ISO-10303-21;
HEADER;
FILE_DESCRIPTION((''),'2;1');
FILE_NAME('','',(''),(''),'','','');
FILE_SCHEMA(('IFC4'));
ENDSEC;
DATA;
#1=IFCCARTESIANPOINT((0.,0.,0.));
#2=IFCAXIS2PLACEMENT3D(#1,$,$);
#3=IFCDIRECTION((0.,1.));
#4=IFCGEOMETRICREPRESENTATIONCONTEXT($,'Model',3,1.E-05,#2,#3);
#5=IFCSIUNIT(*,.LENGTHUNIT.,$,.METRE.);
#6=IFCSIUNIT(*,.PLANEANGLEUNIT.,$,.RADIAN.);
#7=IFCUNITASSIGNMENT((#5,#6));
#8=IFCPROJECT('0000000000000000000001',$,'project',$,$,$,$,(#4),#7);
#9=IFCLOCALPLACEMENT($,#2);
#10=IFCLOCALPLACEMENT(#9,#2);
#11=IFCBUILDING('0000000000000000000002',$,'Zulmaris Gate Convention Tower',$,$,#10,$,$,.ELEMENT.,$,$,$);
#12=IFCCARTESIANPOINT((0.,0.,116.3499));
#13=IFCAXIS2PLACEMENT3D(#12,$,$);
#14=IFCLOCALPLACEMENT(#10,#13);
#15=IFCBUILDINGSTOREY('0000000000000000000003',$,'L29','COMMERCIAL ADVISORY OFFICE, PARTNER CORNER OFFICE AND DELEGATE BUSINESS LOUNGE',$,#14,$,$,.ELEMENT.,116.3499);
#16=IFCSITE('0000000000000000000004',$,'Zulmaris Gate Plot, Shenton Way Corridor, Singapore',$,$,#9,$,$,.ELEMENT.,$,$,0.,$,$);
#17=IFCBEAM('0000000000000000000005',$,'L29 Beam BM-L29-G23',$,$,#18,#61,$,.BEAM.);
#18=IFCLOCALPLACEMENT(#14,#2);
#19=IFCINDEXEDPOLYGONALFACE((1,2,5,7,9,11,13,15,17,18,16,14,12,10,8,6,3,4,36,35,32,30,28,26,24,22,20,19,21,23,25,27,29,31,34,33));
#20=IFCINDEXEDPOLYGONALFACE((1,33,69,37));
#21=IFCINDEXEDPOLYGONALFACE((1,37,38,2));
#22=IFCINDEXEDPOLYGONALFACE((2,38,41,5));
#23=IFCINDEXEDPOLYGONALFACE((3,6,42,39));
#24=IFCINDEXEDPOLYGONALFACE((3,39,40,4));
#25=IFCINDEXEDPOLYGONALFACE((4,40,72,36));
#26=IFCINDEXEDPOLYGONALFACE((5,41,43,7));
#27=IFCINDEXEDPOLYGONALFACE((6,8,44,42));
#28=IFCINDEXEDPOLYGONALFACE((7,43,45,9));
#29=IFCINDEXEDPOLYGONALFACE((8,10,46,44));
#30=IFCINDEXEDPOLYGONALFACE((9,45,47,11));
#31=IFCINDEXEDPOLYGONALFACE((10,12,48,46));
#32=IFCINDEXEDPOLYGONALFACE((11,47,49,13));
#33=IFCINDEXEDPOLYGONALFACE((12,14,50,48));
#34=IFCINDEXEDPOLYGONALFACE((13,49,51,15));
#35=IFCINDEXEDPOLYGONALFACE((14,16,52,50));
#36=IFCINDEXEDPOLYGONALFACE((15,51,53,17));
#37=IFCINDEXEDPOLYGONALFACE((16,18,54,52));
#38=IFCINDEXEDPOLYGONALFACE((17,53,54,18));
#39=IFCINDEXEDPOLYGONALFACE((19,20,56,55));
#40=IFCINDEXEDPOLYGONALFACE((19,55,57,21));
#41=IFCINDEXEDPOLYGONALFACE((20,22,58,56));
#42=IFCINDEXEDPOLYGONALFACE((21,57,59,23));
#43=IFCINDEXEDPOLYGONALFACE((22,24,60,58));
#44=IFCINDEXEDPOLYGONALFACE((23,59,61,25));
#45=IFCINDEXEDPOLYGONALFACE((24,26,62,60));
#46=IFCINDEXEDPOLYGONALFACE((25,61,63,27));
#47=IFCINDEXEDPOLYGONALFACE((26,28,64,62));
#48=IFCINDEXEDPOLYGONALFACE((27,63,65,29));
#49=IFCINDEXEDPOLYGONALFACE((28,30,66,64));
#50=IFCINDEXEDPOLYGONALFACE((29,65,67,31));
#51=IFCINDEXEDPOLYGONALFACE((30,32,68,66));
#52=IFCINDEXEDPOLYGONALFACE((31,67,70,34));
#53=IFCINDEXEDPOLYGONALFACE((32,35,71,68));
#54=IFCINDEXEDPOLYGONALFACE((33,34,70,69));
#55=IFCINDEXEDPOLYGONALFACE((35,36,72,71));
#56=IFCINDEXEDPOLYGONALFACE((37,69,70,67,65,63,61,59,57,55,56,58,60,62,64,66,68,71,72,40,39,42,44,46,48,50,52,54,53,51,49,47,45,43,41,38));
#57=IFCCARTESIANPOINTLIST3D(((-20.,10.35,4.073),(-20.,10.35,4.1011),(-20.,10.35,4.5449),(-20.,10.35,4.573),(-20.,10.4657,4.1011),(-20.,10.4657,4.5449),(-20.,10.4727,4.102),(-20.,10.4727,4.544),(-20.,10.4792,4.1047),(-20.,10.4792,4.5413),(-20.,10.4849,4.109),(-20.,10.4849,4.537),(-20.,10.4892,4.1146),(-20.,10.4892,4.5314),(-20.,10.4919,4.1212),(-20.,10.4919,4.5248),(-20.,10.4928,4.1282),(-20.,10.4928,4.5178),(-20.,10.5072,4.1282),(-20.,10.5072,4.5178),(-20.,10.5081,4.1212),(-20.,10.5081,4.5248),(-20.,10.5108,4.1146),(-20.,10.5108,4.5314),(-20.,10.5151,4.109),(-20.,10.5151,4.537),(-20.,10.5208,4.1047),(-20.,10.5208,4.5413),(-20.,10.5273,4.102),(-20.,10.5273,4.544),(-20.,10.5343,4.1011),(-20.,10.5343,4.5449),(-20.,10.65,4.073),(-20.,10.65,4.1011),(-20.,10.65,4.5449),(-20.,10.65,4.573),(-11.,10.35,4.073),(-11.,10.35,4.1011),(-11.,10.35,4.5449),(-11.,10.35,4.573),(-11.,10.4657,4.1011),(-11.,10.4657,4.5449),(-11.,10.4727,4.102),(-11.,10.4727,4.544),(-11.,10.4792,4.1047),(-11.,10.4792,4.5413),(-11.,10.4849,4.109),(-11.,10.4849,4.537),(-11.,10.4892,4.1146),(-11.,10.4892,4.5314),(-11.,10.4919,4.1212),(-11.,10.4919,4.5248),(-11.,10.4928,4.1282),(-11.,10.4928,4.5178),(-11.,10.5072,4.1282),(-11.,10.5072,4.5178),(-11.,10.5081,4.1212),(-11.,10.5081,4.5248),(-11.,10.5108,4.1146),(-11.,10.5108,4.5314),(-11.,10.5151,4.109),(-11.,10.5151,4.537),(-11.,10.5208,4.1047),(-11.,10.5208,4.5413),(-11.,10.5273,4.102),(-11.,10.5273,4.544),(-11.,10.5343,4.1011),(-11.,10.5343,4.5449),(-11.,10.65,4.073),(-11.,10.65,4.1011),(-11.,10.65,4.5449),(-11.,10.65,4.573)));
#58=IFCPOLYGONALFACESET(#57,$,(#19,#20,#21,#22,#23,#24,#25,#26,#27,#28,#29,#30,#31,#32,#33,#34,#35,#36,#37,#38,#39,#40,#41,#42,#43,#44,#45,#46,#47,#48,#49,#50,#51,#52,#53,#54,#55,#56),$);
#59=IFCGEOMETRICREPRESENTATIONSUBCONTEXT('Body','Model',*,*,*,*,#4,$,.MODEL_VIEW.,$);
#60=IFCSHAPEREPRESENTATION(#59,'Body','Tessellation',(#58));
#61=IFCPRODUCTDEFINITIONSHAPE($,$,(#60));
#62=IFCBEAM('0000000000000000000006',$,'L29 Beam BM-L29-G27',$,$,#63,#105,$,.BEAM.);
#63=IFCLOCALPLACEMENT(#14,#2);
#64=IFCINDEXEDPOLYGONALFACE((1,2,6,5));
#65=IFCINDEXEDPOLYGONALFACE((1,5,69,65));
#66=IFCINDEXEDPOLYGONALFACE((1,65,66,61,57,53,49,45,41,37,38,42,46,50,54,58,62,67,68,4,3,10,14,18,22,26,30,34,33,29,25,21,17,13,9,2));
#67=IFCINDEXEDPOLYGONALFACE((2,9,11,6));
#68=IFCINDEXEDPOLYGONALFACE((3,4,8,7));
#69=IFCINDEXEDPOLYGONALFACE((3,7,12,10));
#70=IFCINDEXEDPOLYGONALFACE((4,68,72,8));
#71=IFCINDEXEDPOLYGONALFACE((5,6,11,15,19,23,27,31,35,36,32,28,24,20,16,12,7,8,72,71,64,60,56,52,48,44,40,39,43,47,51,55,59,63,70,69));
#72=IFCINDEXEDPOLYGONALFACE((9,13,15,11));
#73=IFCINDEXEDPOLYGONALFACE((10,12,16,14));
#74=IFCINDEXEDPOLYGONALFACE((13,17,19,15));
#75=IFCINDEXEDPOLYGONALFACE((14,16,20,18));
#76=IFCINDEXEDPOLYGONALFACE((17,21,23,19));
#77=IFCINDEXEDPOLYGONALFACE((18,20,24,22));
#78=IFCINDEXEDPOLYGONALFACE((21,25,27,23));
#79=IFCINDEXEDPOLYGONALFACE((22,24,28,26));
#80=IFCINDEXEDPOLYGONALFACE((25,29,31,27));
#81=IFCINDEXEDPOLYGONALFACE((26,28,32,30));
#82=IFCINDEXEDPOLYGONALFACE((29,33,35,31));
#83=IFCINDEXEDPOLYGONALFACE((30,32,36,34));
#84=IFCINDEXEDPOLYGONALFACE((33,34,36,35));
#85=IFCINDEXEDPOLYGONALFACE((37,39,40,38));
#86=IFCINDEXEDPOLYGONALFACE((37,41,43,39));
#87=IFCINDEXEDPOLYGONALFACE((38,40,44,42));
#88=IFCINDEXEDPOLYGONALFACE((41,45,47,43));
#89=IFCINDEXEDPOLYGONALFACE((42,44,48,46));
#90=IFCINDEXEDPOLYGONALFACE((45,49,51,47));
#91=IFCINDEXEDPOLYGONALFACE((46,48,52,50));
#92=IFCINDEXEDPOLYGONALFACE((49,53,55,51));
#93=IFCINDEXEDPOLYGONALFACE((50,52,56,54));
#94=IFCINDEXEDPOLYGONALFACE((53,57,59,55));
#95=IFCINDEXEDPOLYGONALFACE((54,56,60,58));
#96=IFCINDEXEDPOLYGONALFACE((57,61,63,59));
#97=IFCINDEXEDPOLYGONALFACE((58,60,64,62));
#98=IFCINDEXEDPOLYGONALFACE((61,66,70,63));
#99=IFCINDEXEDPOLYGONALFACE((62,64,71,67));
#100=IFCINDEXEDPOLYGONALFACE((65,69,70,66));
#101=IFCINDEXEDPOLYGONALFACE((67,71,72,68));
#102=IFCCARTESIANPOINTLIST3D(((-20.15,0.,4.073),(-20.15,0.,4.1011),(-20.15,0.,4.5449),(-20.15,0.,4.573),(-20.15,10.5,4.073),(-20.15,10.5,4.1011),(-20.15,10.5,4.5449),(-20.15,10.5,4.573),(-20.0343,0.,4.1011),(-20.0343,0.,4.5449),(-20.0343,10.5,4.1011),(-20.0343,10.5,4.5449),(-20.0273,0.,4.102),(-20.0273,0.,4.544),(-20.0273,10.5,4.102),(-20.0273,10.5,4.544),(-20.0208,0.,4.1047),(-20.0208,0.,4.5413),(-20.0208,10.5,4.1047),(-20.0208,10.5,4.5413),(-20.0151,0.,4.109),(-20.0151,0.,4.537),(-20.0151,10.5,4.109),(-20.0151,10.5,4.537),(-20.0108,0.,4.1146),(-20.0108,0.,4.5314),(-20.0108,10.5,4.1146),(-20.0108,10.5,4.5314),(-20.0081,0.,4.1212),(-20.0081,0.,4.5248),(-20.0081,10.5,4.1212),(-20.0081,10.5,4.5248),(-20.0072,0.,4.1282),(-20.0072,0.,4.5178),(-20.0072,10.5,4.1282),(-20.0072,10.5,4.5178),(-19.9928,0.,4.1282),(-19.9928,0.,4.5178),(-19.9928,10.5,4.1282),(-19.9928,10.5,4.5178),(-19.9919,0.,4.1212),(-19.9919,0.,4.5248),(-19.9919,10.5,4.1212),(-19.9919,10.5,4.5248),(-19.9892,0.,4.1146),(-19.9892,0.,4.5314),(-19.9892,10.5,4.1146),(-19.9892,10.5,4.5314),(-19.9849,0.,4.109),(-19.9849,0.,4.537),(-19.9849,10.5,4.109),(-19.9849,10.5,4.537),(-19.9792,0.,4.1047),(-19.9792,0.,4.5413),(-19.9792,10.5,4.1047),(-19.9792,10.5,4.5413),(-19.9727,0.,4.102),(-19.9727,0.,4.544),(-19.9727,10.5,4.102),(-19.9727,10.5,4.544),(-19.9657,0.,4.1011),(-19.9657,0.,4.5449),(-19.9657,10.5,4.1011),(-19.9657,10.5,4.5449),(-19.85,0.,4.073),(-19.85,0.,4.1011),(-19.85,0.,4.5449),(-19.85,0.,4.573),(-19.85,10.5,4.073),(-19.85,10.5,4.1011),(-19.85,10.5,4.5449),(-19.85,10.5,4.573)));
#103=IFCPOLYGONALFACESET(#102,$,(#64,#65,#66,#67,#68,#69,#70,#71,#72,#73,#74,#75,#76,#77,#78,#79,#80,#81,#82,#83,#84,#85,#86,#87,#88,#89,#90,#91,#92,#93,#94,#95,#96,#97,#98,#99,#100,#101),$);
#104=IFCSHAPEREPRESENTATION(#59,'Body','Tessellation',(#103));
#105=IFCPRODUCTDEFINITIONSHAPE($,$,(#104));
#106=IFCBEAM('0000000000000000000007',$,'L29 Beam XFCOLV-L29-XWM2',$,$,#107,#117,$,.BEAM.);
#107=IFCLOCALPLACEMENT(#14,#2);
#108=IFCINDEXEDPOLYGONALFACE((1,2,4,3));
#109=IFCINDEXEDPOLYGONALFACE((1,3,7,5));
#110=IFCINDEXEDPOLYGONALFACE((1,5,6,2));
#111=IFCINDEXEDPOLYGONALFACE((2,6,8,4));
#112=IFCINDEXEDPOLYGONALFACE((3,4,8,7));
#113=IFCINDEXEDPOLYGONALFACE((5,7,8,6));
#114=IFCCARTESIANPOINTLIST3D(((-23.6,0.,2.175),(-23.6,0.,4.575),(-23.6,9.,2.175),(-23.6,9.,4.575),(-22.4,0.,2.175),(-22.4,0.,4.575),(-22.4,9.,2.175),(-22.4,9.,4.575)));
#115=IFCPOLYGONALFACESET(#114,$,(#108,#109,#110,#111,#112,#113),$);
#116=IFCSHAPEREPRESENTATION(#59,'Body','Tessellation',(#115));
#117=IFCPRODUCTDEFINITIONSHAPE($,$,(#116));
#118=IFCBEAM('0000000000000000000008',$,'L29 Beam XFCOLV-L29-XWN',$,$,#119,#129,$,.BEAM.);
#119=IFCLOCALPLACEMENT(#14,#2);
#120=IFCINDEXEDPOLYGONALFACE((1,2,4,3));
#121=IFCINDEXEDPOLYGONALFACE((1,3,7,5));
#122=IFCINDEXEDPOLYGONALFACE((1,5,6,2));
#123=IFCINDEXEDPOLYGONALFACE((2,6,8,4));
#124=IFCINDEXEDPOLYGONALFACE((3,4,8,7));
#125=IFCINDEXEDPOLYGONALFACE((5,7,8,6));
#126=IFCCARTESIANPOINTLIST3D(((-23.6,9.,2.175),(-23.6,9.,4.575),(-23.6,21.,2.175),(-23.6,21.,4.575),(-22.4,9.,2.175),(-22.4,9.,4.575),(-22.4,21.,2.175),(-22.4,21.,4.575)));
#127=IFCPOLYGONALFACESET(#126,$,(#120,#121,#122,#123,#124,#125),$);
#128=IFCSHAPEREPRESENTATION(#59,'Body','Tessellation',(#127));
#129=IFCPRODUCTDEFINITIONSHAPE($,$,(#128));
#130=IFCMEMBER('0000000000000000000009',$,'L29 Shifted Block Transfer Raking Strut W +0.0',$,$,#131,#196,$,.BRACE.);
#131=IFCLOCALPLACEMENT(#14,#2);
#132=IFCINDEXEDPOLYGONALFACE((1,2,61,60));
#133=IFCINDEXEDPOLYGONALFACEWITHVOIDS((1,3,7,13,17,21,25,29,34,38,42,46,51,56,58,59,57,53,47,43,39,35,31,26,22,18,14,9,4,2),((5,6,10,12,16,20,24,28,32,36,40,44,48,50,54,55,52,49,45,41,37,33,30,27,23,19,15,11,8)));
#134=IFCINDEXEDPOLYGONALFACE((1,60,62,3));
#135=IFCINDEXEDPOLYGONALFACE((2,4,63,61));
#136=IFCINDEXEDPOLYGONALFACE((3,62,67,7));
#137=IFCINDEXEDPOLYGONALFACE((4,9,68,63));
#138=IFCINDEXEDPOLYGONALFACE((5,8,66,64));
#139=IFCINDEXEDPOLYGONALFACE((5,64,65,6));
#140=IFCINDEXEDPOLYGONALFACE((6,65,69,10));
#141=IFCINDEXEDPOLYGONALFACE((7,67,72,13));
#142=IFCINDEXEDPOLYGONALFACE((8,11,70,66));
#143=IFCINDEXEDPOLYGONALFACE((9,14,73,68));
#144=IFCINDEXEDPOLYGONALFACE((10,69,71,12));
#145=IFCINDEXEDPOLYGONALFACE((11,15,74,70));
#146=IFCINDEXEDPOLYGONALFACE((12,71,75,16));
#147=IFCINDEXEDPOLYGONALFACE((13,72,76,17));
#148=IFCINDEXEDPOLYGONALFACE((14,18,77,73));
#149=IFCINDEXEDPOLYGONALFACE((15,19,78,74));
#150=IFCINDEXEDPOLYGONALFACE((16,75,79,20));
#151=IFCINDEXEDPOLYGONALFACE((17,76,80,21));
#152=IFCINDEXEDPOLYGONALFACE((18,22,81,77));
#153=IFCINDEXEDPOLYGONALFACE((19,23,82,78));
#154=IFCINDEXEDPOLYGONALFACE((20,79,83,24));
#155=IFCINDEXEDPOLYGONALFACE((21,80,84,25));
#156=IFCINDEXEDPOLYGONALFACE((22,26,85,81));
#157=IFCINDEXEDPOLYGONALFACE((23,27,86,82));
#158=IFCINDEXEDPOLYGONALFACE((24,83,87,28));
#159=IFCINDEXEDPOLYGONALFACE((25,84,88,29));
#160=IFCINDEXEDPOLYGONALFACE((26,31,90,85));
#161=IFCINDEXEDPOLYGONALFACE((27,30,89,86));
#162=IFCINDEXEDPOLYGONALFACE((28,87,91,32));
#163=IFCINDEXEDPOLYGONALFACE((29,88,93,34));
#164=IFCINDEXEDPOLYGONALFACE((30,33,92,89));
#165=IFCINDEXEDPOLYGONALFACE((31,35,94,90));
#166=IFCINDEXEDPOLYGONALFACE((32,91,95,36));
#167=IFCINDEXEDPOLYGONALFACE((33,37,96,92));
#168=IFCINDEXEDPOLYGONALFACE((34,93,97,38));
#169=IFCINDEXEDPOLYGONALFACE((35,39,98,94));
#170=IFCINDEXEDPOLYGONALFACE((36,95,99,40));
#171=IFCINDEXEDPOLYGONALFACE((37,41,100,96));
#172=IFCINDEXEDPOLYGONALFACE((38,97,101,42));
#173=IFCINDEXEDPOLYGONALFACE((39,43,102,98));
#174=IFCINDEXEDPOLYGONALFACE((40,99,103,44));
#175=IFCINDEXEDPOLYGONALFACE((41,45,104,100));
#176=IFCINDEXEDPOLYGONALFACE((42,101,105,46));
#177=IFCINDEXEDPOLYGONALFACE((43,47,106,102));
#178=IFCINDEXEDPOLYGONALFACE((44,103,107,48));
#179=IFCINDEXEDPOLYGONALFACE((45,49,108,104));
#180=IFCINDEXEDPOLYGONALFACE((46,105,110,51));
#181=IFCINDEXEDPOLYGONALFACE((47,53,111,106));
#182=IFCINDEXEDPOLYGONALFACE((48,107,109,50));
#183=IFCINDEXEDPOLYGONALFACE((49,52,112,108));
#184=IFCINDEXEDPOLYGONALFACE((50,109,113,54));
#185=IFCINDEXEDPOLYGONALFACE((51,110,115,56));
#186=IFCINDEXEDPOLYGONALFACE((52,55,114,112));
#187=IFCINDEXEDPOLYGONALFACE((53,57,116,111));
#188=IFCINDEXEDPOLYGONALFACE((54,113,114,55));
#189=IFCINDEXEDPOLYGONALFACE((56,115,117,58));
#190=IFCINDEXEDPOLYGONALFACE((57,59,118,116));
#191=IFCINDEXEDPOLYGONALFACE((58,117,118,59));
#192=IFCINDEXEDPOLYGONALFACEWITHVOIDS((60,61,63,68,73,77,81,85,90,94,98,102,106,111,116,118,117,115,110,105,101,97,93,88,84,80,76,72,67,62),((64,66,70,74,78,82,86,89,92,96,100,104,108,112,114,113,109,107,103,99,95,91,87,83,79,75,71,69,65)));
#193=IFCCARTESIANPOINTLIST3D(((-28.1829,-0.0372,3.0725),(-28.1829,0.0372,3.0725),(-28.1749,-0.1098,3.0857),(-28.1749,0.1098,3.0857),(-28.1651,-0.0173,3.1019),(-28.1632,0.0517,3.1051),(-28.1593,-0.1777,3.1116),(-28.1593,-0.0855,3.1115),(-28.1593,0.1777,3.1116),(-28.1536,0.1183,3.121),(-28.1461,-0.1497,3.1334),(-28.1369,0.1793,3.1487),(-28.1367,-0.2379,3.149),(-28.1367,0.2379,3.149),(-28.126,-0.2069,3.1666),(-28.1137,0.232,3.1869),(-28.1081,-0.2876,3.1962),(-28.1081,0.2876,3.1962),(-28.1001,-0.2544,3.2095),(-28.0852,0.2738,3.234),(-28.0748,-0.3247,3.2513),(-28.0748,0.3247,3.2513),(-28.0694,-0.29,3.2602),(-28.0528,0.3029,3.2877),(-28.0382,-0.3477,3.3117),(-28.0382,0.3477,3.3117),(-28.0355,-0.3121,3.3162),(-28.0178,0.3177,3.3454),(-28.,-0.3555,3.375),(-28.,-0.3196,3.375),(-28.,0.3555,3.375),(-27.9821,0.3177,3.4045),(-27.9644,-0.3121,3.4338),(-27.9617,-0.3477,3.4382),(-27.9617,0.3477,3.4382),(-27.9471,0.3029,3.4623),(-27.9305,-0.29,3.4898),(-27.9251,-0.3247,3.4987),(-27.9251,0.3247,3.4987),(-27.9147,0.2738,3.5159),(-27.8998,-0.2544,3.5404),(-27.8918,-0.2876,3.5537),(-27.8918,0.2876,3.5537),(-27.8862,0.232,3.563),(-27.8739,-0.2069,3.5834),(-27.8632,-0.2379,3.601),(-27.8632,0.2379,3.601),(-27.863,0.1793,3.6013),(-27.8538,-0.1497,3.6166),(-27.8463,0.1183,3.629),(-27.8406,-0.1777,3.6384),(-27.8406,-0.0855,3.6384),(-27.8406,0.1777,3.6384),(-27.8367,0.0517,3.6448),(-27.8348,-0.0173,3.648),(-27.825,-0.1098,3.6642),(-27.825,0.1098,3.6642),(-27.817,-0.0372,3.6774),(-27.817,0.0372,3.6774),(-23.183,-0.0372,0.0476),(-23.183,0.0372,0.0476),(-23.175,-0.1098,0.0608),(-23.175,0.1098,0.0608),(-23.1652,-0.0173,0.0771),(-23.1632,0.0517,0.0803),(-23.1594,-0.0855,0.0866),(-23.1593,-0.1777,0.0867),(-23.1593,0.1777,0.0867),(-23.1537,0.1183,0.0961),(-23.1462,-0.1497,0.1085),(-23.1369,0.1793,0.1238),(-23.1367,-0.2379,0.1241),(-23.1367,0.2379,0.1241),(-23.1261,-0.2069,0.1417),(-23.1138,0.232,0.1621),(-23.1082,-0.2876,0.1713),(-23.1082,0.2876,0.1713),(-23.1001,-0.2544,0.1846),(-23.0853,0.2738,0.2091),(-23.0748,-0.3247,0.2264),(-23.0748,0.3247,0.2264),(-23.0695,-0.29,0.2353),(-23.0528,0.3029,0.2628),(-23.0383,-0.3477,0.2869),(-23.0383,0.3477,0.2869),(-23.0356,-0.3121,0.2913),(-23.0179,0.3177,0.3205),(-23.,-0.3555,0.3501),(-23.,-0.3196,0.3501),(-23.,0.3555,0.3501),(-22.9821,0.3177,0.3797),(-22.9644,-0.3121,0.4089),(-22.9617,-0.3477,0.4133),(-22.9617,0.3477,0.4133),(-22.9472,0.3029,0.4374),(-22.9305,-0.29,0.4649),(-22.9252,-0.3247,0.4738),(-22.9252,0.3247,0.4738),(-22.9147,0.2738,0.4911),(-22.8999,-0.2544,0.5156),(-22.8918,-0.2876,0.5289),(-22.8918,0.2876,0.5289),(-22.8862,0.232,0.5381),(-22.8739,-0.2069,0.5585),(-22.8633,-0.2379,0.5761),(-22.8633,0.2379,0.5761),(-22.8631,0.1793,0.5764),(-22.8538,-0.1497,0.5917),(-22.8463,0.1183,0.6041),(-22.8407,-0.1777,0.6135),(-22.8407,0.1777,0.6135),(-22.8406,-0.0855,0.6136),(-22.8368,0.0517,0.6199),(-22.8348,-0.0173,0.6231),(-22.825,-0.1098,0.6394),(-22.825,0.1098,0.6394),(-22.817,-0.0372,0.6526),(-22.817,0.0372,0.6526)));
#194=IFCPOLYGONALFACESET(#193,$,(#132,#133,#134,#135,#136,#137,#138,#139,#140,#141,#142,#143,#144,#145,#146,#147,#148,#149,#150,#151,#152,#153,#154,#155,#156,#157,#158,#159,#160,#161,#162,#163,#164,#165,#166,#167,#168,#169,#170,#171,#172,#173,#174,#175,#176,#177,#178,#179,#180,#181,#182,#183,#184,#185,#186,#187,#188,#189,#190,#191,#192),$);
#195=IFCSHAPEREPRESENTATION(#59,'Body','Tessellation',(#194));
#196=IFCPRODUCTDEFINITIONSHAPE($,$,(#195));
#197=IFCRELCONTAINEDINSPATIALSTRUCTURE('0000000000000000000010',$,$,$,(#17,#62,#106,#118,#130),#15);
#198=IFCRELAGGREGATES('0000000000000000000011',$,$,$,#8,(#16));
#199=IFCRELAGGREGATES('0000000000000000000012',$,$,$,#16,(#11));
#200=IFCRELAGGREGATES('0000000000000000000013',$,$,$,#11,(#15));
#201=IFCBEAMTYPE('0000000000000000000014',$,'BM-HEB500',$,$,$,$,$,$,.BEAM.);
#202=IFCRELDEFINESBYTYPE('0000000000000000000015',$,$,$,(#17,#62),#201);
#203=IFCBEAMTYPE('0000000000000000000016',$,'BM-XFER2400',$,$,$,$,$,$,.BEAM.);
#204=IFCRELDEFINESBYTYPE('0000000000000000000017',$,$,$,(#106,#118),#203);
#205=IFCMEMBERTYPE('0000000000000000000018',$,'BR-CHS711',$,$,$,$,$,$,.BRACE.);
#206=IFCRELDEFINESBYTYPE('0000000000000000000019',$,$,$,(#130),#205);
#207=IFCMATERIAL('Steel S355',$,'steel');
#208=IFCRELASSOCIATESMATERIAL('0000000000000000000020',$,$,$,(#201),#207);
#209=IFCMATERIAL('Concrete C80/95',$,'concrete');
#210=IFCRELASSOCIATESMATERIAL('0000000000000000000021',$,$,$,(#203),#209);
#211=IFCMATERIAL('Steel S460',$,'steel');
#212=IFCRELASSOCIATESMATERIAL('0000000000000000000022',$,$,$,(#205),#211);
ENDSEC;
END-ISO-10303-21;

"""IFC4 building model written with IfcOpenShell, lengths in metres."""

from ifc_helpers import new_model, si_unit, direction, frame, origin, origin_2d, place, context, subcontext, project, spatial, rectangle, hollow_circle, i_section, extrude, material, material_profile, profile_set, type_object, element, save


model = new_model("IFC4")

# Units and contexts
model_context = context("Model", 3, precision=1e-05, world=origin(), true_north=direction((0.0, 1.0)))
body_context = subcontext(model_context, "Body", "Model", "MODEL_VIEW")
ifc_project = project(units=[si_unit("LENGTHUNIT", "METRE"), si_unit("PLANEANGLEUNIT", "RADIAN")], contexts=[model_context])

# Site, building, storey
site_placement = place(None, origin())
site = spatial("IfcSite", under=ifc_project, at=site_placement, Name="Zulmaris Gate Plot, Shenton Way Corridor, Singapore", CompositionType="ELEMENT", RefElevation=0.0)
building_placement = place(site_placement, origin())
building = spatial("IfcBuilding", under=site, at=building_placement, Name="Zulmaris Gate Convention Tower", CompositionType="ELEMENT")
storey_placement = place(building_placement, frame((0.0, 0.0, 116.3499)))
storey = spatial("IfcBuildingStorey", under=building, at=storey_placement, Name="L29", Description="COMMERCIAL ADVISORY OFFICE, PARTNER CORNER OFFICE AND DELEGATE BUSINESS LOUNGE", CompositionType="ELEMENT", Elevation=116.3499)

# Beams
ifc_material_1 = material(Name="Steel S355", Category="steel")
ifc_material_profile_1 = material_profile(ifc_material_1, i_section(OverallWidth=0.3, OverallDepth=0.5, WebThickness=0.0144, FlangeThickness=0.0281, FilletRadius=0.0271, at=origin_2d()), Name="HEB 500")
ifc_profile_set_1 = profile_set([ifc_material_profile_1], Name="Steel S355")
beam_type_1 = type_object("IfcBeamType", Name="BM-HEB500", PredefinedType="BEAM", material=ifc_profile_set_1)
beam_1_placement = place(storey_placement, frame((-20.0, 10.5, 4.323), z_axis=(1.0, 0.0, 0.0), x_axis=(0.0, 1.0, 0.0)))
element("IfcBeam", 1, at=beam_1_placement, inside=storey, type_object=beam_type_1, Name="L29 Beam BM-L29-G23", PredefinedType="BEAM", context=body_context, shape_type="SweptSolid", body=[
    extrude(i_section(OverallWidth=0.3, OverallDepth=0.5, WebThickness=0.0144, FlangeThickness=0.0281, FilletRadius=0.0271, at=origin_2d()), origin(), (0.0, 0.0, 1.0), 9.0),
])
beam_2_placement = place(storey_placement, frame((-20.0, 0.0, 4.323), z_axis=(0.0, 1.0, 0.0), x_axis=(-1.0, 0.0, 0.0)))
element("IfcBeam", 2, at=beam_2_placement, inside=storey, type_object=beam_type_1, Name="L29 Beam BM-L29-G27", PredefinedType="BEAM", context=body_context, shape_type="SweptSolid", body=[
    extrude(i_section(OverallWidth=0.3, OverallDepth=0.5, WebThickness=0.0144, FlangeThickness=0.0281, FilletRadius=0.0271, at=origin_2d()), origin(), (0.0, 0.0, 1.0), 10.5),
])
ifc_material_2 = material(Name="Concrete C80/95", Category="concrete")
ifc_material_profile_2 = material_profile(ifc_material_2, rectangle(XDim=1.2, YDim=2.3999, at=origin_2d()), Name="RC TRANSFER 1200x2400")
ifc_profile_set_2 = profile_set([ifc_material_profile_2], Name="Concrete C80/95")
beam_type_2 = type_object("IfcBeamType", Name="BM-XFER2400", PredefinedType="BEAM", material=ifc_profile_set_2)
beam_3_placement = place(storey_placement, frame((-23.0, 0.0, 3.375), z_axis=(0.0, 1.0, 0.0), x_axis=(-1.0, 0.0, 0.0)))
element("IfcBeam", 3, at=beam_3_placement, inside=storey, type_object=beam_type_2, Name="L29 Beam XFCOLV-L29-XWM2", PredefinedType="BEAM", context=body_context, shape_type="SweptSolid", body=[
    extrude(rectangle(XDim=1.2, YDim=2.3999, at=origin_2d()), origin(), (0.0, 0.0, 1.0), 9.0),
])
beam_4_placement = place(storey_placement, frame((-23.0, 9.0, 3.375), z_axis=(0.0, 1.0, 0.0), x_axis=(-1.0, 0.0, 0.0)))
element("IfcBeam", 4, at=beam_4_placement, inside=storey, type_object=beam_type_2, Name="L29 Beam XFCOLV-L29-XWN", PredefinedType="BEAM", context=body_context, shape_type="SweptSolid", body=[
    extrude(rectangle(XDim=1.2, YDim=2.3999, at=origin_2d()), origin(), (0.0, 0.0, 1.0), 12.0),
])

# Member
ifc_material_3 = material(Name="Steel S460", Category="steel")
ifc_material_profile_3 = material_profile(ifc_material_3, hollow_circle(Radius=0.3555, WallThickness=0.0359, at=origin_2d()), Name="CHS 711x36")
ifc_profile_set_3 = profile_set([ifc_material_profile_3], Name="Steel S460")
member_type = type_object("IfcMemberType", Name="BR-CHS711", PredefinedType="BRACE", material=ifc_profile_set_3)
for number, where, z_axis, x_axis, name in (
    (5, (-23.0, 0.0, 0.3501), (-0.855607, 0.0, 0.517626), (0.0, -1.0, 0.0), "L29 Shifted Block Transfer Raking Strut W +0.0"),
):
    element("IfcMember", number, at=place(storey_placement, frame(where, z_axis=z_axis, x_axis=x_axis)), inside=storey, type_object=member_type, Name=name, PredefinedType="BRACE", context=body_context, shape_type="SweptSolid", body=[
        extrude(hollow_circle(Radius=0.3555, WallThickness=0.0359, at=origin_2d()), origin(), (0.0, 0.0, 1.0), 5.8438),
    ])

save(model, "model.ifc")
